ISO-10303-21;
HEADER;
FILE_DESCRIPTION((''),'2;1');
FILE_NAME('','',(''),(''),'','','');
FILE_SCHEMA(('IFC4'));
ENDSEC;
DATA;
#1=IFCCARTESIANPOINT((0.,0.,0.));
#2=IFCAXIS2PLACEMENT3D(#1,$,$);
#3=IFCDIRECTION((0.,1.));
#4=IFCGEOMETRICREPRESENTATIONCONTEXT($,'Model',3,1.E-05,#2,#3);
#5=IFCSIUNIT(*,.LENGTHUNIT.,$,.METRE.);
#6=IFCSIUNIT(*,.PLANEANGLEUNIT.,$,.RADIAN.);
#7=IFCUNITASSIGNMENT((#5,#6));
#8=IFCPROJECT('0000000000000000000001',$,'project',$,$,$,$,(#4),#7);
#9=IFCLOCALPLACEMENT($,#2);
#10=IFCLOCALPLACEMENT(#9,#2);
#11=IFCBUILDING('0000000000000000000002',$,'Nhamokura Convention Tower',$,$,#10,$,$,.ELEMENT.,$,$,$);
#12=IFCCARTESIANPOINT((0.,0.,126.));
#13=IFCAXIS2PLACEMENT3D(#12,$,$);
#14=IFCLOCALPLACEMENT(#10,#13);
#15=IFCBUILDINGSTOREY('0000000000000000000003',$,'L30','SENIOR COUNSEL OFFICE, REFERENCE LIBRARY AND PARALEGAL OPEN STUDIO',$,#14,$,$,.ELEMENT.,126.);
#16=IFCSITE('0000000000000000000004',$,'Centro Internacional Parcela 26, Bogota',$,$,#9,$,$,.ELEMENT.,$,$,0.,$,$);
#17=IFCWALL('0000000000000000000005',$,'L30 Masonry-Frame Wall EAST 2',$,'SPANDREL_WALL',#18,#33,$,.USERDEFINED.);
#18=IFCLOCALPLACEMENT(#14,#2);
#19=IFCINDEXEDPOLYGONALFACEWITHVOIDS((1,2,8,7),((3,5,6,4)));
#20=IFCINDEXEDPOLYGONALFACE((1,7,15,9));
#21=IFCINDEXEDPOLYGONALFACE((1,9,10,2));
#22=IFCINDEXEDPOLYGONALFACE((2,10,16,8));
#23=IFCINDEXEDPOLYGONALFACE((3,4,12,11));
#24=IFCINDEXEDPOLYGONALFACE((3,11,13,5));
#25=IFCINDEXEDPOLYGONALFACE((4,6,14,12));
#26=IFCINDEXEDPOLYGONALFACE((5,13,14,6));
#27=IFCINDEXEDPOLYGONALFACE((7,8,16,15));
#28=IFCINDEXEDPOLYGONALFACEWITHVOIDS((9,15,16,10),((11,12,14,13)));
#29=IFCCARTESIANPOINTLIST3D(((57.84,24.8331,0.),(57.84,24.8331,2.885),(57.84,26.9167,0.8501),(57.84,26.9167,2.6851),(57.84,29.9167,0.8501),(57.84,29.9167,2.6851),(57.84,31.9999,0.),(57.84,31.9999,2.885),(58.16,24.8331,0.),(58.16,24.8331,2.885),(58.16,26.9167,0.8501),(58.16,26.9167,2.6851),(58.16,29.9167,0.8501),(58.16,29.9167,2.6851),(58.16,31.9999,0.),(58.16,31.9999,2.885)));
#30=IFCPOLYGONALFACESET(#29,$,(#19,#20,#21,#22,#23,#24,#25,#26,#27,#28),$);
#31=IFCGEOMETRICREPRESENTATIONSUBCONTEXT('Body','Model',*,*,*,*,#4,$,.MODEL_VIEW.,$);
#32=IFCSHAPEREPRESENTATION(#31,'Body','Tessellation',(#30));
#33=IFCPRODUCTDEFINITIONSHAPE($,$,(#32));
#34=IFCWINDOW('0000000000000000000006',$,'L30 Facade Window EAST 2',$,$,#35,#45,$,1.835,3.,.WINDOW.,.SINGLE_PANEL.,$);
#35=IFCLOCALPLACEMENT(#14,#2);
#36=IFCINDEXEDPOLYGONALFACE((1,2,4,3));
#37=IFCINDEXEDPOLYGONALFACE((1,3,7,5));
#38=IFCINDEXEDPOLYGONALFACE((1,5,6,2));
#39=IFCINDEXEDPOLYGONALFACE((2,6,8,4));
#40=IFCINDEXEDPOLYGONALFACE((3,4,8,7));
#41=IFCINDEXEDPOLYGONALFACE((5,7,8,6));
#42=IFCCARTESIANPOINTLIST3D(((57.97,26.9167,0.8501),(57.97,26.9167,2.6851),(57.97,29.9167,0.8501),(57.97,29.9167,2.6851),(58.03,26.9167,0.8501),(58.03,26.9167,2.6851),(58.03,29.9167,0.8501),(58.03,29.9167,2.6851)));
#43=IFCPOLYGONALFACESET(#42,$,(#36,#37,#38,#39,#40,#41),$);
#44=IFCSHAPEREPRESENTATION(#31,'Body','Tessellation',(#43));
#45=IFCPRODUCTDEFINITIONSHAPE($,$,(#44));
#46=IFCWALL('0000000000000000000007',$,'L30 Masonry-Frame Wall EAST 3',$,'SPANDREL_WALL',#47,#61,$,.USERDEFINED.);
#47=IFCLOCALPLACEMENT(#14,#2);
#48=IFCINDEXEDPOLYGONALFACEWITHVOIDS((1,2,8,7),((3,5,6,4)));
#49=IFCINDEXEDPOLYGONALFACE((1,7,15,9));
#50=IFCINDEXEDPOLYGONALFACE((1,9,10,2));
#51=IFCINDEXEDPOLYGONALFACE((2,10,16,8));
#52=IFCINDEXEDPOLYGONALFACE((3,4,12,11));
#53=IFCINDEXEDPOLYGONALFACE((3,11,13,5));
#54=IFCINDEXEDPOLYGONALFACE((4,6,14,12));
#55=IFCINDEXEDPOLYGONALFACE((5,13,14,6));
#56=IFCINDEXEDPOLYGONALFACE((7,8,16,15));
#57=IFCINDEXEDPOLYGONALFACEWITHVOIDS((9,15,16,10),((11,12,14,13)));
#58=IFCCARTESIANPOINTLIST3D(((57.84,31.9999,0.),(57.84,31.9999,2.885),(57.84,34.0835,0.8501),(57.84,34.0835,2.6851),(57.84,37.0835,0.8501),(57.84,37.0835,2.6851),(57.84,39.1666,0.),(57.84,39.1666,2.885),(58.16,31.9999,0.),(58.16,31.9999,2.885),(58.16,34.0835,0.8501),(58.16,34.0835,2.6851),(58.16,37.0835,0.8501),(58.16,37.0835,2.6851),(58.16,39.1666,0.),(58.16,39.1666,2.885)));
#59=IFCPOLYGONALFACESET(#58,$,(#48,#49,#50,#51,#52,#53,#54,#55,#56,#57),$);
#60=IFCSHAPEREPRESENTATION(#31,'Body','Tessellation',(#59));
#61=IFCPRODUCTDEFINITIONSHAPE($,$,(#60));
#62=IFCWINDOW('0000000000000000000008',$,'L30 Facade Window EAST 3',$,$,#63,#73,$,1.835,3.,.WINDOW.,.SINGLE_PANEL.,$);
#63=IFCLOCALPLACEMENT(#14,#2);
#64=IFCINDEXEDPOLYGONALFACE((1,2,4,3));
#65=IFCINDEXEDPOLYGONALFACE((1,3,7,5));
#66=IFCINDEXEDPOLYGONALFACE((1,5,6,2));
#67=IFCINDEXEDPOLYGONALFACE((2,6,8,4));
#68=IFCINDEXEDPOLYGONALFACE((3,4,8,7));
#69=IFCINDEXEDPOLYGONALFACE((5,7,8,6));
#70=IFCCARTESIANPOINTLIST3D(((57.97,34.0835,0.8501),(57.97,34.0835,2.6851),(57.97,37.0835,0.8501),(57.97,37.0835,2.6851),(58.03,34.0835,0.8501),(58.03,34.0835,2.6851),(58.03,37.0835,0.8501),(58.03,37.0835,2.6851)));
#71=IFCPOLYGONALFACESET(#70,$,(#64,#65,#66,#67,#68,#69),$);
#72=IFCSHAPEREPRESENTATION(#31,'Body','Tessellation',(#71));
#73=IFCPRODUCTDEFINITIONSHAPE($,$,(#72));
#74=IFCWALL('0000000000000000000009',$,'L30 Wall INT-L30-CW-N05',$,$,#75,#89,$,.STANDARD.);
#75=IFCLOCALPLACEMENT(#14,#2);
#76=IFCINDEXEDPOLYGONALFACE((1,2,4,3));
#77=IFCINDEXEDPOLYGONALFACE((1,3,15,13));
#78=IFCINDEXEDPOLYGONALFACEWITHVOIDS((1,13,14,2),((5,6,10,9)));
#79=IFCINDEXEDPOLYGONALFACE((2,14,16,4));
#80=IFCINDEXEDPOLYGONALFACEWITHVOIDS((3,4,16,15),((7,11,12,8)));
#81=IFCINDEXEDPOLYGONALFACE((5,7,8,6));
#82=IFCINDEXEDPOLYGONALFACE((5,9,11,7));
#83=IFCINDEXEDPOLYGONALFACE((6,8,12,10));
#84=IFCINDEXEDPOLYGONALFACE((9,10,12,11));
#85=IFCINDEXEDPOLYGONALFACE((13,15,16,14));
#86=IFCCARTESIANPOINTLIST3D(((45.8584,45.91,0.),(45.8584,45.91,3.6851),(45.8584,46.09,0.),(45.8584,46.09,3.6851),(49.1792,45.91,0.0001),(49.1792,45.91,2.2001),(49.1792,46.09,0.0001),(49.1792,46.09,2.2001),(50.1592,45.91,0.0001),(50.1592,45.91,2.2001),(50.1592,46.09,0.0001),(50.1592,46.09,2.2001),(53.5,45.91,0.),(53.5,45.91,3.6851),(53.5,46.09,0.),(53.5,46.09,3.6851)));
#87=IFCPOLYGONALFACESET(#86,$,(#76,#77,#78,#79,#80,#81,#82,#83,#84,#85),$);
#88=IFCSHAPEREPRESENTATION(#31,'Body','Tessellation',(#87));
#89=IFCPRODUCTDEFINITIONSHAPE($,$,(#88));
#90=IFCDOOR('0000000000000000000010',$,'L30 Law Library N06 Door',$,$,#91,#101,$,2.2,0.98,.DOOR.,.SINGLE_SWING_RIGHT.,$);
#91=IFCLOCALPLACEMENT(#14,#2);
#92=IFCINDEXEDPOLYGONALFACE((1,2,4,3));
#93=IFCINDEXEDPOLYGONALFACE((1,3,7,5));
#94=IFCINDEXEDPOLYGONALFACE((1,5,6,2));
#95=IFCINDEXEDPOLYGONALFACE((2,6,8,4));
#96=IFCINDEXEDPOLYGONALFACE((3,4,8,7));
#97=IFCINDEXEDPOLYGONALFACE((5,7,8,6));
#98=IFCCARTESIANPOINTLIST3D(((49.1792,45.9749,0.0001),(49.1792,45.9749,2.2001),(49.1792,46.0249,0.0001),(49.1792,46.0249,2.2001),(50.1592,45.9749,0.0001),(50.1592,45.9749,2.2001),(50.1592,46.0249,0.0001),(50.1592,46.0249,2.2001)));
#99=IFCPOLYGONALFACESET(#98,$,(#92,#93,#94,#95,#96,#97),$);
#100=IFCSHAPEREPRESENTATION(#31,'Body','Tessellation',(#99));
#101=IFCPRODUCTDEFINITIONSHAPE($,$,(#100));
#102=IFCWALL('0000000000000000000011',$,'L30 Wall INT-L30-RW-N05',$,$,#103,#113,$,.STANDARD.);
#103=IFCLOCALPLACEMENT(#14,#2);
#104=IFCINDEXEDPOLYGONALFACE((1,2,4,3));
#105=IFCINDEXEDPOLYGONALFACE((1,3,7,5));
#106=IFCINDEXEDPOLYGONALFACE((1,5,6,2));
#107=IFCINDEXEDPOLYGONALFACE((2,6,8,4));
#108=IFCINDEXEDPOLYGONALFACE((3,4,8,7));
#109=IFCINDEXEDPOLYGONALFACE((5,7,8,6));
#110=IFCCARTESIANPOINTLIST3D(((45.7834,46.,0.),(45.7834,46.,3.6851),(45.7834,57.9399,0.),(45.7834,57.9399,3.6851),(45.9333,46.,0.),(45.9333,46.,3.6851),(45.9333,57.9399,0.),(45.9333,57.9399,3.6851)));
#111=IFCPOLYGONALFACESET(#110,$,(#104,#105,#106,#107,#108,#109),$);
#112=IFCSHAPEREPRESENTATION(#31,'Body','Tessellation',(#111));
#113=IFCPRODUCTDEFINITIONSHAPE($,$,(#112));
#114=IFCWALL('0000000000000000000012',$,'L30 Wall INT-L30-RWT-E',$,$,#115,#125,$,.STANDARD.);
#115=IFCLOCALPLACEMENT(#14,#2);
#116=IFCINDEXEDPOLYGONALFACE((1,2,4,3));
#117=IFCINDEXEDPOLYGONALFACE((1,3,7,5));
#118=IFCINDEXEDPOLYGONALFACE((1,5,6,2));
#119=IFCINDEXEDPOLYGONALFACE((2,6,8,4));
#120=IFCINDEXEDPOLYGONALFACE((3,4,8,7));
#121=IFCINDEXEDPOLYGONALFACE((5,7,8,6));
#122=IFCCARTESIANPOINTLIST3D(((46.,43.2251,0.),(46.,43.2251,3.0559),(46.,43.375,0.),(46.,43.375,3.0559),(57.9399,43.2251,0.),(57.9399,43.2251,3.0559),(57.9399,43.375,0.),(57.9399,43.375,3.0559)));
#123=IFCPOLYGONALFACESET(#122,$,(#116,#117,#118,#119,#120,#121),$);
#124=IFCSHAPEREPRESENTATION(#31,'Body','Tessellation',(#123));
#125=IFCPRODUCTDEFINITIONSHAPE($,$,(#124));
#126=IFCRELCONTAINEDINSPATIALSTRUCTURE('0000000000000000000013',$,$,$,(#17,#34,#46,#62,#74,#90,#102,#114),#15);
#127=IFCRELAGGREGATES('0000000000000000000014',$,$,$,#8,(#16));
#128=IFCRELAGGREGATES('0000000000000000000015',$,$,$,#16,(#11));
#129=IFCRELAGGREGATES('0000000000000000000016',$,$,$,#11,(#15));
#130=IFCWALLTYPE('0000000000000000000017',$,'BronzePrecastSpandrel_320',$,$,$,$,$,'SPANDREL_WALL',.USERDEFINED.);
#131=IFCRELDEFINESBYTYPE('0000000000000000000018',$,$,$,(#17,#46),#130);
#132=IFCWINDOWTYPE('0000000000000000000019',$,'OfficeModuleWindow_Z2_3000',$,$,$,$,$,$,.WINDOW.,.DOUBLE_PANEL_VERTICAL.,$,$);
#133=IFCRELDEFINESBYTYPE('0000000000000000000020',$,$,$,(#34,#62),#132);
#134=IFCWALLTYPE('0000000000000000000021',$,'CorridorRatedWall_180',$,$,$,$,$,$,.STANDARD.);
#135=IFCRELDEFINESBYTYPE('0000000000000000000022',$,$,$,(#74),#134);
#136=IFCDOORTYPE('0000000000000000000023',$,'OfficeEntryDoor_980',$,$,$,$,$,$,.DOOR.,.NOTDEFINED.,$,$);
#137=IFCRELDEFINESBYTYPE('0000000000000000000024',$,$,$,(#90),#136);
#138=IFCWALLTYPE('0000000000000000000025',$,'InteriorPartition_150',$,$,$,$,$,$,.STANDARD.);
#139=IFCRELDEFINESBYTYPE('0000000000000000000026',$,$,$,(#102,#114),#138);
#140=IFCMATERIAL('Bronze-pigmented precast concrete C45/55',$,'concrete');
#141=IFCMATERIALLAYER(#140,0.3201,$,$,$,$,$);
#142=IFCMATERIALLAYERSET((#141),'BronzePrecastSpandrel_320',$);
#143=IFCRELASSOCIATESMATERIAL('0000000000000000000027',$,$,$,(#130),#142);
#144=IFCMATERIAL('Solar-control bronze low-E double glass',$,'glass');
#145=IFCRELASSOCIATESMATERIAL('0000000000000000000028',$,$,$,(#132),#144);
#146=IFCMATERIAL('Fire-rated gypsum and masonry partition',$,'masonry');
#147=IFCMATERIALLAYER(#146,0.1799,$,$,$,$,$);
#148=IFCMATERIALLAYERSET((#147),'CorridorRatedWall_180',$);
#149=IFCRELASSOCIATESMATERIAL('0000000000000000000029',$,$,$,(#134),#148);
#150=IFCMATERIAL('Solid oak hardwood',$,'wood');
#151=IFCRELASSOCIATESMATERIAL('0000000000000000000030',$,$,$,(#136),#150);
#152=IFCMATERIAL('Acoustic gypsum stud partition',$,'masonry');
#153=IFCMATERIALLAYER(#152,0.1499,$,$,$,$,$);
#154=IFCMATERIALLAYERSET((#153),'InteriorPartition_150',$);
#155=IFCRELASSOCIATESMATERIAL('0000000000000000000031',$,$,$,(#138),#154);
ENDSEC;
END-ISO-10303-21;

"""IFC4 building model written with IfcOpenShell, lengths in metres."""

from ifc_helpers import new_model, si_unit, direction, frame, frame_2d, origin, place, context, subcontext, project, spatial, rectangle, extrude, material, layer, layer_set, type_object, element, fill, save


model = new_model("IFC4")

# Units and contexts
model_context = context("Model", 3, precision=1e-05, world=origin(), true_north=direction((0.0, 1.0)))
body_context = subcontext(model_context, "Body", "Model", "MODEL_VIEW")
ifc_project = project(units=[si_unit("LENGTHUNIT", "METRE"), si_unit("PLANEANGLEUNIT", "RADIAN")], contexts=[model_context])

# Site, building, storey
site_placement = place(None, origin())
site = spatial("IfcSite", under=ifc_project, at=site_placement, Name="Centro Internacional Parcela 26, Bogota", CompositionType="ELEMENT", RefElevation=0.0)
building_placement = place(site_placement, origin())
building = spatial("IfcBuilding", under=site, at=building_placement, Name="Nhamokura Convention Tower", CompositionType="ELEMENT")
storey_placement = place(building_placement, frame((0.0, 0.0, 126.0)))
storey = spatial("IfcBuildingStorey", under=building, at=storey_placement, Name="L30", Description="SENIOR COUNSEL OFFICE, REFERENCE LIBRARY AND PARALEGAL OPEN STUDIO", CompositionType="ELEMENT", Elevation=126.0)

# Walls, openings, windows
ifc_material_1 = material(Name="Bronze-pigmented precast concrete C45/55", Category="concrete")
ifc_layer_1 = layer(ifc_material_1, 0.3201)
ifc_layer_set_1 = layer_set([ifc_layer_1], Name="BronzePrecastSpandrel_320")
wall_type_1 = type_object("IfcWallType", Name="BronzePrecastSpandrel_320", ElementType="SPANDREL_WALL", PredefinedType="USERDEFINED", material=ifc_layer_set_1)
wall_1_placement = place(storey_placement, frame((58.0, 32.0, 0.0), z_axis=(0.0, 0.0, 1.0), x_axis=(0.0, -1.0, 0.0)))
wall_1 = element("IfcWall", 1, at=wall_1_placement, inside=storey, type_object=wall_type_1, Name="L30 Masonry-Frame Wall EAST 2", ObjectType="SPANDREL_WALL", PredefinedType="USERDEFINED", context=body_context, shape_type="SweptSolid", body=[
    extrude(rectangle(XDim=7.1667, YDim=0.3201, at=frame_2d((3.5835, 0.0))), origin(), (0.0, 0.0, 1.0), 2.885),
])
opening_1_placement = place(wall_1_placement, frame((2.0833, 0.0, 0.8501)))
opening_1 = element("IfcOpeningElement", 2, at=opening_1_placement, cuts=wall_1, PredefinedType="OPENING", context=body_context, shape_type="SweptSolid", body=[
    extrude(rectangle(XDim=3.0, YDim=1.835, at=frame_2d((1.5, 0.9175))), frame((0.0, 0.1699, 0.0), z_axis=(0.0, -1.0, 0.0), x_axis=(1.0, 0.0, 0.0)), (0.0, 0.0, 1.0), 0.3401),
])
ifc_material_2 = material(Name="Solar-control bronze low-E double glass", Category="glass")
window_type = type_object("IfcWindowType", Name="OfficeModuleWindow_Z2_3000", PartitioningType="DOUBLE_PANEL_VERTICAL", PredefinedType="WINDOW", material=ifc_material_2)
window_1_placement = place(opening_1_placement, origin())
window_1 = element("IfcWindow", 3, at=window_1_placement, inside=storey, type_object=window_type, Name="L30 Facade Window EAST 2", OverallHeight=1.835, OverallWidth=3.0, PartitioningType="SINGLE_PANEL", PredefinedType="WINDOW", context=body_context, shape_type="SweptSolid", body=[
    extrude(rectangle(XDim=3.0, YDim=1.835, at=frame_2d((1.5, 0.9175))), frame((0.0, 0.03, 0.0), z_axis=(0.0, -1.0, 0.0), x_axis=(1.0, 0.0, 0.0)), (0.0, 0.0, 1.0), 0.0601),
])
fill(opening_1, window_1)
wall_2_placement = place(storey_placement, frame((58.0, 39.1667, 0.0), z_axis=(0.0, 0.0, 1.0), x_axis=(0.0, -1.0, 0.0)))
wall_2 = element("IfcWall", 4, at=wall_2_placement, inside=storey, type_object=wall_type_1, Name="L30 Masonry-Frame Wall EAST 3", ObjectType="SPANDREL_WALL", PredefinedType="USERDEFINED", context=body_context, shape_type="SweptSolid", body=[
    extrude(rectangle(XDim=7.1667, YDim=0.3201, at=frame_2d((3.5835, 0.0))), origin(), (0.0, 0.0, 1.0), 2.885),
])
opening_2_placement = place(wall_2_placement, frame((2.0833, 0.0, 0.8501)))
opening_2 = element("IfcOpeningElement", 5, at=opening_2_placement, cuts=wall_2, PredefinedType="OPENING", context=body_context, shape_type="SweptSolid", body=[
    extrude(rectangle(XDim=3.0, YDim=1.835, at=frame_2d((1.5, 0.9175))), frame((0.0, 0.1699, 0.0), z_axis=(0.0, -1.0, 0.0), x_axis=(1.0, 0.0, 0.0)), (0.0, 0.0, 1.0), 0.3401),
])
window_2_placement = place(opening_2_placement, origin())
window_2 = element("IfcWindow", 6, at=window_2_placement, inside=storey, type_object=window_type, Name="L30 Facade Window EAST 3", OverallHeight=1.835, OverallWidth=3.0, PartitioningType="SINGLE_PANEL", PredefinedType="WINDOW", context=body_context, shape_type="SweptSolid", body=[
    extrude(rectangle(XDim=3.0, YDim=1.835, at=frame_2d((1.5, 0.9175))), frame((0.0, 0.03, 0.0), z_axis=(0.0, -1.0, 0.0), x_axis=(1.0, 0.0, 0.0)), (0.0, 0.0, 1.0), 0.0601),
])
fill(opening_2, window_2)

# Wall, opening, door
ifc_material_3 = material(Name="Fire-rated gypsum and masonry partition", Category="masonry")
ifc_layer_2 = layer(ifc_material_3, 0.1799)
ifc_layer_set_2 = layer_set([ifc_layer_2], Name="CorridorRatedWall_180")
wall_type_2 = type_object("IfcWallType", Name="CorridorRatedWall_180", PredefinedType="STANDARD", material=ifc_layer_set_2)
wall_3_placement = place(storey_placement, frame((45.8584, 46.0, 0.0), z_axis=(0.0, 0.0, 1.0), x_axis=(1.0, 0.0, 0.0)))
wall_3 = element("IfcWall", 7, at=wall_3_placement, inside=storey, type_object=wall_type_2, Name="L30 Wall INT-L30-CW-N05", PredefinedType="STANDARD", context=body_context, shape_type="SweptSolid", body=[
    extrude(rectangle(XDim=7.6416, YDim=0.1799, at=frame_2d((3.8208, 0.0))), origin(), (0.0, 0.0, 1.0), 3.6851),
])
opening_3_placement = place(wall_3_placement, frame((3.3208, 0.0, 0.0)))
opening_3 = element("IfcOpeningElement", 8, at=opening_3_placement, cuts=wall_3, PredefinedType="OPENING", context=body_context, shape_type="SweptSolid", body=[
    extrude(rectangle(XDim=0.98, YDim=2.2, at=frame_2d((0.49, 1.1001))), frame((0.0, 0.0999, 0.0), z_axis=(0.0, -1.0, 0.0), x_axis=(1.0, 0.0, 0.0)), (0.0, 0.0, 1.0), 0.2),
])
ifc_material_4 = material(Name="Solid oak hardwood", Category="wood")
door_type = type_object("IfcDoorType", Name="OfficeEntryDoor_980", OperationType="NOTDEFINED", PredefinedType="DOOR", material=ifc_material_4)
door_placement = place(opening_3_placement, origin())
door = element("IfcDoor", 9, at=door_placement, inside=storey, type_object=door_type, Name="L30 Law Library N06 Door", OperationType="SINGLE_SWING_RIGHT", OverallHeight=2.2, OverallWidth=0.98, PredefinedType="DOOR", context=body_context, shape_type="SweptSolid", body=[
    extrude(rectangle(XDim=0.98, YDim=2.2, at=frame_2d((0.49, 1.1001))), frame((0.0, 0.0249, 0.0), z_axis=(0.0, -1.0, 0.0), x_axis=(1.0, 0.0, 0.0)), (0.0, 0.0, 1.0), 0.05),
])
fill(opening_3, door)

# Walls
ifc_material_5 = material(Name="Acoustic gypsum stud partition", Category="masonry")
ifc_layer_3 = layer(ifc_material_5, 0.1499)
ifc_layer_set_3 = layer_set([ifc_layer_3], Name="InteriorPartition_150")
wall_type_3 = type_object("IfcWallType", Name="InteriorPartition_150", PredefinedType="STANDARD", material=ifc_layer_set_3)
wall_4_placement = place(storey_placement, frame((45.8584, 46.0, 0.0), z_axis=(0.0, 0.0, 1.0), x_axis=(0.0, 1.0, 0.0)))
element("IfcWall", 10, at=wall_4_placement, inside=storey, type_object=wall_type_3, Name="L30 Wall INT-L30-RW-N05", PredefinedType="STANDARD", context=body_context, shape_type="SweptSolid", body=[
    extrude(rectangle(XDim=11.9399, YDim=0.1499, at=frame_2d((5.97, 0.0))), origin(), (0.0, 0.0, 1.0), 3.6851),
])
wall_5_placement = place(storey_placement, frame((46.0, 43.3, 0.0), z_axis=(0.0, 0.0, 1.0), x_axis=(1.0, 0.0, 0.0)))
element("IfcWall", 11, at=wall_5_placement, inside=storey, type_object=wall_type_3, Name="L30 Wall INT-L30-RWT-E", PredefinedType="STANDARD", context=body_context, shape_type="SweptSolid", body=[
    extrude(rectangle(XDim=11.9399, YDim=0.1499, at=frame_2d((5.97, 0.0))), origin(), (0.0, 0.0, 1.0), 3.0559),
])

save(model, "model.ifc")
